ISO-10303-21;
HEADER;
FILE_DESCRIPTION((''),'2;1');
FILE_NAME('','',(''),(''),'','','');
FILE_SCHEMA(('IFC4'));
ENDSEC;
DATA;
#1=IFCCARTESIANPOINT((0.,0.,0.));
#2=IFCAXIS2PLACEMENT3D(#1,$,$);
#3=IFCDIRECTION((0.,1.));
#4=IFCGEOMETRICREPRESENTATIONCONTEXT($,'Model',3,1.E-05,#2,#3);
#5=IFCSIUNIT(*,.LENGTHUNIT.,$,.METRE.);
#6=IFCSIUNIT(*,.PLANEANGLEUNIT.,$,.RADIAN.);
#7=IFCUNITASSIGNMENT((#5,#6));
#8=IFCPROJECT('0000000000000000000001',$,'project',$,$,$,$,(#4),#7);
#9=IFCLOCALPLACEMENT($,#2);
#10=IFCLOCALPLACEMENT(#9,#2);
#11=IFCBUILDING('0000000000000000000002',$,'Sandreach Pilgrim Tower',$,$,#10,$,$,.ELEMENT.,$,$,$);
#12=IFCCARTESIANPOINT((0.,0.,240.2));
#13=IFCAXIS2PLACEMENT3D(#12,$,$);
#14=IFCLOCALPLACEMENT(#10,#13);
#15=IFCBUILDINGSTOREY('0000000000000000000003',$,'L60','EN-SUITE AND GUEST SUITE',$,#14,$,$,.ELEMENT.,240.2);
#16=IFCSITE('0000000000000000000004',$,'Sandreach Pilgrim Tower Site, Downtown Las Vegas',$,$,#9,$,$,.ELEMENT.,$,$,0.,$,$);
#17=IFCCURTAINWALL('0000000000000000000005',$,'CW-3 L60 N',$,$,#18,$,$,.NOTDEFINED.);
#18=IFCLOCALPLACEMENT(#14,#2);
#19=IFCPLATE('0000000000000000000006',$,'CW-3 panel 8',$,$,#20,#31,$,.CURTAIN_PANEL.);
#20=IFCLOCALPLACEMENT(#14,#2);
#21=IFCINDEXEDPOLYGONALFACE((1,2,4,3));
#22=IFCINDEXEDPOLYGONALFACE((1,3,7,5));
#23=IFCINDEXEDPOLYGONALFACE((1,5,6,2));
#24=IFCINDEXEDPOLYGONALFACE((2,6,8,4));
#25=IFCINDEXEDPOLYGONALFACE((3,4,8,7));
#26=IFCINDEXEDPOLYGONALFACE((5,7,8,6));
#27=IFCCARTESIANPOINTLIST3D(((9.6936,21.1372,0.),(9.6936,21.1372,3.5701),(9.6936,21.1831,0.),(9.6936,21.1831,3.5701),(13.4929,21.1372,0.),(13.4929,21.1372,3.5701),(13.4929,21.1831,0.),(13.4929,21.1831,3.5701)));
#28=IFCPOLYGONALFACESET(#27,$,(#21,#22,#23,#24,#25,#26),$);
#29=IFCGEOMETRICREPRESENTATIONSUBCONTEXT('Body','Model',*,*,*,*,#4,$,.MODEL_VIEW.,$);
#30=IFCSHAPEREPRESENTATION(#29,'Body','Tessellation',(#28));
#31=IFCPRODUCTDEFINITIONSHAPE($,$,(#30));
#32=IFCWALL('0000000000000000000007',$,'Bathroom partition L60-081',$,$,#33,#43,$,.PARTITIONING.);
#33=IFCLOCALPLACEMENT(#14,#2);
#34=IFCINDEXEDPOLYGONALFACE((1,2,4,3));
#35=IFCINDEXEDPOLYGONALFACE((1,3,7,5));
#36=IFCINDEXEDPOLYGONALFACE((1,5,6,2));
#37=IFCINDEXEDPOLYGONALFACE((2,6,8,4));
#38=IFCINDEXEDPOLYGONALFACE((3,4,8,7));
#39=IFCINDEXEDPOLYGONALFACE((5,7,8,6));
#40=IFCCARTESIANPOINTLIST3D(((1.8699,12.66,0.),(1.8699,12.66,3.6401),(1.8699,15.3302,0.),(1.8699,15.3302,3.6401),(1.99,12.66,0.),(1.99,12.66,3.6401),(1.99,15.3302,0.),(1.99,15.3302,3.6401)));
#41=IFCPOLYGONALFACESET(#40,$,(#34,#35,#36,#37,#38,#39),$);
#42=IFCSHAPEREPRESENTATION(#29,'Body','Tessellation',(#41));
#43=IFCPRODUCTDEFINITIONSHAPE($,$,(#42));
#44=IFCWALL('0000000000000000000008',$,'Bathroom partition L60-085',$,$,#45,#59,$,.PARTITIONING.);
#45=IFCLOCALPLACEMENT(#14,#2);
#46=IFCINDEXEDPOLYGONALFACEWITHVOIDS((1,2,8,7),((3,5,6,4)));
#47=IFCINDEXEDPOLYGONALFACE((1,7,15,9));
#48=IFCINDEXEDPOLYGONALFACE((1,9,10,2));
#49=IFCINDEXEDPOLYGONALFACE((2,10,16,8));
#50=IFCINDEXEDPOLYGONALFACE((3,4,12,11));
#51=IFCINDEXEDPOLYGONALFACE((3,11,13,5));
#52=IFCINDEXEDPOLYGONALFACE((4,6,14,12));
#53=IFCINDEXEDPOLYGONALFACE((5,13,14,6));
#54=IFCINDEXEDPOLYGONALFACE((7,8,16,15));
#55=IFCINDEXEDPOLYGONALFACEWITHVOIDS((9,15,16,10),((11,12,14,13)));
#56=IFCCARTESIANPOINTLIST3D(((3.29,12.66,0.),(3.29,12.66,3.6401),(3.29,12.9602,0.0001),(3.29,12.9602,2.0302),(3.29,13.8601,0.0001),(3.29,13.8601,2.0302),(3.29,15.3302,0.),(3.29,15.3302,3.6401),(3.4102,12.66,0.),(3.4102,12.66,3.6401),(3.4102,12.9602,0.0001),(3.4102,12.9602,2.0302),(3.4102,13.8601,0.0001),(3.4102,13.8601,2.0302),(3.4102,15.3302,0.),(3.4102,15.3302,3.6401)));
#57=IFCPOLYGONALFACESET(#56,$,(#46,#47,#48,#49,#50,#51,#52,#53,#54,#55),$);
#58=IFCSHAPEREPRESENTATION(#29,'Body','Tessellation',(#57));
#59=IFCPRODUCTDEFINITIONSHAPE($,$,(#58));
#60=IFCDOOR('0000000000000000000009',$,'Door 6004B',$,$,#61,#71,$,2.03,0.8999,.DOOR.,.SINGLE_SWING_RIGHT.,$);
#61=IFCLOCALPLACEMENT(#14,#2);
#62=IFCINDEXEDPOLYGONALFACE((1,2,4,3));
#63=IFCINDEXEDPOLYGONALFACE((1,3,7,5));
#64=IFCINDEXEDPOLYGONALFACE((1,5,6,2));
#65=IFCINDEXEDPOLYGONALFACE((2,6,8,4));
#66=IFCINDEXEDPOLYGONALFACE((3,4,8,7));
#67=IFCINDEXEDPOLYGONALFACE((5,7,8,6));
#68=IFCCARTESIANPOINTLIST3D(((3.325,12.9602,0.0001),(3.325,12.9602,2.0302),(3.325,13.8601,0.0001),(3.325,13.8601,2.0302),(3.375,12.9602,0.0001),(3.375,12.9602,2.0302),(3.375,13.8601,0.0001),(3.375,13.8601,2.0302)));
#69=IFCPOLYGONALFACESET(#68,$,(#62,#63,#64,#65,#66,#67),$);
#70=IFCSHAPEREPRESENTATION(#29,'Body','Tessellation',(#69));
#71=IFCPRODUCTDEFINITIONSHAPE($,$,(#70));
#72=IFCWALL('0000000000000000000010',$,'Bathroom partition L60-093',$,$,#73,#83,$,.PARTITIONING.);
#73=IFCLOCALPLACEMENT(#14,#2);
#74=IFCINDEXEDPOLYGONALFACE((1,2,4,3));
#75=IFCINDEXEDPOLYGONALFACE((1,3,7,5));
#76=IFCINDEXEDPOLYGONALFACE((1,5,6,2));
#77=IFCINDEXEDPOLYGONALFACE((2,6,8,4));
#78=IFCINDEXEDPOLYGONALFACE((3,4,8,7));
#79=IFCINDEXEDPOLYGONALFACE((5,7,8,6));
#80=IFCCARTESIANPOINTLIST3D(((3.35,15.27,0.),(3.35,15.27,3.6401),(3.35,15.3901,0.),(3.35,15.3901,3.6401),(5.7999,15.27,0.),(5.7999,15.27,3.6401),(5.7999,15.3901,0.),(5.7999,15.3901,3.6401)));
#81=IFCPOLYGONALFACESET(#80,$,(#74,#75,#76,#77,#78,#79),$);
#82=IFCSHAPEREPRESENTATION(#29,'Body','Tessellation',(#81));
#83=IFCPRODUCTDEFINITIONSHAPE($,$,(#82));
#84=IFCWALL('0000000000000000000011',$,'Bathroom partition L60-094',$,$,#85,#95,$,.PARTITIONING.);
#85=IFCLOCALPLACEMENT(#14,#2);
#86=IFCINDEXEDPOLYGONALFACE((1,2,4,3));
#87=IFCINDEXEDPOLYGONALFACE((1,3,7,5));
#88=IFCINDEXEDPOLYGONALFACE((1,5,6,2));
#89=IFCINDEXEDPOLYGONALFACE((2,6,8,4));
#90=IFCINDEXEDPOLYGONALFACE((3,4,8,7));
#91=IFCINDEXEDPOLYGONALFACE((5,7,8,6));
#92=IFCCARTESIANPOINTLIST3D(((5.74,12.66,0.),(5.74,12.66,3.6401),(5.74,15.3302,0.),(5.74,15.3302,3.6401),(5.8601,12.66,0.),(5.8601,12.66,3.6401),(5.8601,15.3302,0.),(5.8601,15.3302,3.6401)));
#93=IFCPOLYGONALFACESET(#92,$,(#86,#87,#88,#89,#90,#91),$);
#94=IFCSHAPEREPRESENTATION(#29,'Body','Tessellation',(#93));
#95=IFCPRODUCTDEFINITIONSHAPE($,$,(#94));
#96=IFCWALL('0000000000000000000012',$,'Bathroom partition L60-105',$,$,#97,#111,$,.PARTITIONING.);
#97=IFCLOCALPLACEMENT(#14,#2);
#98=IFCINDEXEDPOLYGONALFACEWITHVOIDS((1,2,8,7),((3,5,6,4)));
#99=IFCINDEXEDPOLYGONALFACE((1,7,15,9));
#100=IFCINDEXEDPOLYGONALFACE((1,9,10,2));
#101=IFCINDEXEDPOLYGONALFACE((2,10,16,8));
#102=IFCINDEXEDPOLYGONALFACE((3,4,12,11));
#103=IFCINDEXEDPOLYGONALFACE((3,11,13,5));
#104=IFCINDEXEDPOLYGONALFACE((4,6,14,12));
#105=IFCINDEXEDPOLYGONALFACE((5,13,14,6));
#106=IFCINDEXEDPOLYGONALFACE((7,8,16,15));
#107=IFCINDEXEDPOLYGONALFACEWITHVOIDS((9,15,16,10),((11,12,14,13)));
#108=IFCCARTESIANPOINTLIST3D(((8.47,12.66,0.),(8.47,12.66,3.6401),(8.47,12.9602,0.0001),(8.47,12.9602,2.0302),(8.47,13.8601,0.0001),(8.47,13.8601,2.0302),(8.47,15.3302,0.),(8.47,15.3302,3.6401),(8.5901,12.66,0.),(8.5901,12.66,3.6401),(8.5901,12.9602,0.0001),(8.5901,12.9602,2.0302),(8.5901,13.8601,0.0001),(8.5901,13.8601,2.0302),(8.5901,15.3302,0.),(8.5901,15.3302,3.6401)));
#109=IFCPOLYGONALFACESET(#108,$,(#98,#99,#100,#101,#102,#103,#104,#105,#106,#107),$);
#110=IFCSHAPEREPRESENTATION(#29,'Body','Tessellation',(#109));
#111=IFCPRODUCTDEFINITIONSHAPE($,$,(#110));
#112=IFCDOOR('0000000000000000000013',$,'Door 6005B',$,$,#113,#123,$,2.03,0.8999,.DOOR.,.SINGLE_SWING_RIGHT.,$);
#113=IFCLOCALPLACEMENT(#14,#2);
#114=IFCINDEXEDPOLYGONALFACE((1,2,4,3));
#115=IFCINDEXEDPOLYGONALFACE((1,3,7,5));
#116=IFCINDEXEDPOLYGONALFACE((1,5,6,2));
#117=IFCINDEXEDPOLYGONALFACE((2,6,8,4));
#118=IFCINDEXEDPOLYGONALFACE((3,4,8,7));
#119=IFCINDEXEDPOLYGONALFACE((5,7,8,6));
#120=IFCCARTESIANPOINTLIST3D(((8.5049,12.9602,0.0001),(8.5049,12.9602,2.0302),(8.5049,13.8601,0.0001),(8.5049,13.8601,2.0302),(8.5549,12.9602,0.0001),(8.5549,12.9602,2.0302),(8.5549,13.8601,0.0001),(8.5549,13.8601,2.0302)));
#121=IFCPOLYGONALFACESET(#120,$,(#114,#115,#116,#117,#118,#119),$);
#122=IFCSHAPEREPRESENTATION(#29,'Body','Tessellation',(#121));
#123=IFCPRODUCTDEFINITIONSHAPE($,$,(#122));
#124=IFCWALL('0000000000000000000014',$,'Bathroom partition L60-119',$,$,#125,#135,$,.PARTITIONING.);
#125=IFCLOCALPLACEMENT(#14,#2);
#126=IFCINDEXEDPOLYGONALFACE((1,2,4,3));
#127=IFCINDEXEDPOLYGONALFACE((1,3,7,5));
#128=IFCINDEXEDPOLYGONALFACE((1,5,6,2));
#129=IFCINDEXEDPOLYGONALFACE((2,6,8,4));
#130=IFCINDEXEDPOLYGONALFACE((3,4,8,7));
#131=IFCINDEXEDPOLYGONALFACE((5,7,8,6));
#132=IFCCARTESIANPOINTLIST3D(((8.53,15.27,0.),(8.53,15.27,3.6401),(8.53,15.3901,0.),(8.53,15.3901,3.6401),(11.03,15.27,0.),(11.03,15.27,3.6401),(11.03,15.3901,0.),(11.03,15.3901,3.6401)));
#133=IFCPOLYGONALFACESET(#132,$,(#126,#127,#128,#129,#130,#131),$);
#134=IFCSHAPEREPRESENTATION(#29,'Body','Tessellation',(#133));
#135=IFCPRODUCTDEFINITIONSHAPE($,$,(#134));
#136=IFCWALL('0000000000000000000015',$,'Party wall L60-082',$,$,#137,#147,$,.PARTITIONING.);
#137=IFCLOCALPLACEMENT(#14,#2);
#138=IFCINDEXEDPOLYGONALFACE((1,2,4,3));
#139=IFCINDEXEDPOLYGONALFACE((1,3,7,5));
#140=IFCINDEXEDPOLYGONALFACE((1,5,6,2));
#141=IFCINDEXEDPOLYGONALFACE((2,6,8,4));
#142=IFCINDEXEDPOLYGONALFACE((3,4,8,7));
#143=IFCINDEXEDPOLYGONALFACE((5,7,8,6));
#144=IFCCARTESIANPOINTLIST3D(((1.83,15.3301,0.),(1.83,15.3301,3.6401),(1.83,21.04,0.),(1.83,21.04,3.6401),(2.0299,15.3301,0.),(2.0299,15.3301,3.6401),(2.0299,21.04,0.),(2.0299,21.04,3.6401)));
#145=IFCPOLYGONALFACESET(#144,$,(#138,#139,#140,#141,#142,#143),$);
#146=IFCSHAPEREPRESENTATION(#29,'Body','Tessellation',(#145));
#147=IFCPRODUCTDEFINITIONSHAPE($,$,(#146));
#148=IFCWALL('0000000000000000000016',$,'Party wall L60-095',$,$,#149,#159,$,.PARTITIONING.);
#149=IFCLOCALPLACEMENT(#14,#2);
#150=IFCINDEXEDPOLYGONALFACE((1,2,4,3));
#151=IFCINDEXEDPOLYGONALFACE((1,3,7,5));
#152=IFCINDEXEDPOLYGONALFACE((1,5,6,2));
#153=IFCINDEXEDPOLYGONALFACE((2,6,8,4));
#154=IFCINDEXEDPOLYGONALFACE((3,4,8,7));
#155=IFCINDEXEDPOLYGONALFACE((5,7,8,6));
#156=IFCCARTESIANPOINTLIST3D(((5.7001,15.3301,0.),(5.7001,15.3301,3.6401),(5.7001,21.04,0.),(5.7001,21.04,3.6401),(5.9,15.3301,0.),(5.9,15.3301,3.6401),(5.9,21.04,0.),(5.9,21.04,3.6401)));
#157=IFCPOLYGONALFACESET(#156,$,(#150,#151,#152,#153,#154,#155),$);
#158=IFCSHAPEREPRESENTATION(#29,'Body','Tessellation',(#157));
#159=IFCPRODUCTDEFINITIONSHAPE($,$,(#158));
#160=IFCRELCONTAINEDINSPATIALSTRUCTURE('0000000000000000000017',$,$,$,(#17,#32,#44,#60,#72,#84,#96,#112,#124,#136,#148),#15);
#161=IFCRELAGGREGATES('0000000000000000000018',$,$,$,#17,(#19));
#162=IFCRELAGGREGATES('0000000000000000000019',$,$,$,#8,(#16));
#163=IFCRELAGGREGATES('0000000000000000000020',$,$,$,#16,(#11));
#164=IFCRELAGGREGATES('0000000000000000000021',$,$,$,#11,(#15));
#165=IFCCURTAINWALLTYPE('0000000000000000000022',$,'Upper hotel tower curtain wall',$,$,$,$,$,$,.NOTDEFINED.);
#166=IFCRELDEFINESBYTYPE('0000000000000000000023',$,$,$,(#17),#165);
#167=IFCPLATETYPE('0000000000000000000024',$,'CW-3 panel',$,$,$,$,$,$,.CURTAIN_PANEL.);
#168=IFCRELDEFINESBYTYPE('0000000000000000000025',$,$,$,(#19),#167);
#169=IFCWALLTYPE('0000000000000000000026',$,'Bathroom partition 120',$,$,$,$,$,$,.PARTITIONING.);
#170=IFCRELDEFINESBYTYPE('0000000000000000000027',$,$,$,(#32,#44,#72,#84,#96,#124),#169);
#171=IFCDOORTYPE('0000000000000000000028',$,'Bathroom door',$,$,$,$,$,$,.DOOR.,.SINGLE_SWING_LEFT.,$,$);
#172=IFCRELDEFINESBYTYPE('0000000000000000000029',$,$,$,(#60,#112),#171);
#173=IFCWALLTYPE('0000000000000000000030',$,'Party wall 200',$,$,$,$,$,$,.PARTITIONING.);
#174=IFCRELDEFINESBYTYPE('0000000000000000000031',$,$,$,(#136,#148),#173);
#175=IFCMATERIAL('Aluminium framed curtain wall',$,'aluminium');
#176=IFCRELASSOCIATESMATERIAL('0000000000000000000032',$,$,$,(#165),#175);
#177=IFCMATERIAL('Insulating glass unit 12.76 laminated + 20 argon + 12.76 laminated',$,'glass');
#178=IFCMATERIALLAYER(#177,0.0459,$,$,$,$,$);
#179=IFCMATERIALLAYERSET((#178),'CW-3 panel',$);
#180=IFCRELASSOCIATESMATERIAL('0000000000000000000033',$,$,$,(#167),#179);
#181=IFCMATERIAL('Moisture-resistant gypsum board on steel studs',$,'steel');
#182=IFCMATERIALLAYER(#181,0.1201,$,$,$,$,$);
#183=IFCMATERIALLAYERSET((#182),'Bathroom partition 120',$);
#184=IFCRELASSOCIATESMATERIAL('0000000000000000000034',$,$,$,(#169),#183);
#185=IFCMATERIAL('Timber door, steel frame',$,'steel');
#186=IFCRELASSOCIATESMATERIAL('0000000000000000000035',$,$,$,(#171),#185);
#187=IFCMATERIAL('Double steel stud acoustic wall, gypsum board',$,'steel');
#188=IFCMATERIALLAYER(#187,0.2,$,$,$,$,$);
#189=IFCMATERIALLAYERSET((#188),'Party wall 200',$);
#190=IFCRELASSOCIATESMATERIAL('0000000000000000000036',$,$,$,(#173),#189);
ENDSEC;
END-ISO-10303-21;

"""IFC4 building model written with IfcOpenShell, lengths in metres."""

from ifc_helpers import new_model, si_unit, direction, frame, frame_2d, origin, origin_2d, place, context, subcontext, project, spatial, rectangle, extrude, material, layer, layer_set, type_object, element, fill, aggregate, save


model = new_model("IFC4")

# Units and contexts
model_context = context("Model", 3, precision=1e-05, world=origin(), true_north=direction((0.0, 1.0)))
body_context = subcontext(model_context, "Body", "Model", "MODEL_VIEW")
ifc_project = project(units=[si_unit("LENGTHUNIT", "METRE"), si_unit("PLANEANGLEUNIT", "RADIAN")], contexts=[model_context])

# Site, building, storey
site_placement = place(None, origin())
site = spatial("IfcSite", under=ifc_project, at=site_placement, Name="Sandreach Pilgrim Tower Site, Downtown Las Vegas", CompositionType="ELEMENT", RefElevation=0.0)
building_placement = place(site_placement, origin())
building = spatial("IfcBuilding", under=site, at=building_placement, Name="Sandreach Pilgrim Tower", CompositionType="ELEMENT")
storey_placement = place(building_placement, frame((0.0, 0.0, 240.2)))
storey = spatial("IfcBuildingStorey", under=building, at=storey_placement, Name="L60", Description="EN-SUITE AND GUEST SUITE", CompositionType="ELEMENT", Elevation=240.2)

# Curtain wall
ifc_material_1 = material(Name="Aluminium framed curtain wall", Category="aluminium")
curtain_wall_type = type_object("IfcCurtainWallType", Name="Upper hotel tower curtain wall", PredefinedType="NOTDEFINED", material=ifc_material_1)
curtain_wall_placement = place(storey_placement, origin())
curtain_wall = element("IfcCurtainWall", 1, at=curtain_wall_placement, inside=storey, type_object=curtain_wall_type, Name="CW-3 L60 N", PredefinedType="NOTDEFINED")

# Plate
ifc_material_2 = material(Name="Insulating glass unit 12.76 laminated + 20 argon + 12.76 laminated", Category="glass")
ifc_layer_1 = layer(ifc_material_2, 0.0459)
ifc_layer_set_1 = layer_set([ifc_layer_1], Name="CW-3 panel")
plate_type = type_object("IfcPlateType", Name="CW-3 panel", PredefinedType="CURTAIN_PANEL", material=ifc_layer_set_1)
plate_1_placement = place(storey_placement, frame((11.5933, 21.1602, 0.0), z_axis=(0.0, 0.0, 1.0), x_axis=(1.0, 0.0, 0.0)))
plate_1 = element("IfcPlate", 2, at=plate_1_placement, type_object=plate_type, Name="CW-3 panel 8", PredefinedType="CURTAIN_PANEL", context=body_context, shape_type="SweptSolid", body=[
    extrude(rectangle(XDim=3.7993, YDim=0.0459, at=origin_2d()), origin(), (0.0, 0.0, 1.0), 3.5701),
])
aggregate(curtain_wall, [plate_1])

# Wall
ifc_material_3 = material(Name="Moisture-resistant gypsum board on steel studs", Category="steel")
ifc_layer_2 = layer(ifc_material_3, 0.1201)
ifc_layer_set_2 = layer_set([ifc_layer_2], Name="Bathroom partition 120")
wall_type_1 = type_object("IfcWallType", Name="Bathroom partition 120", PredefinedType="PARTITIONING", material=ifc_layer_set_2)
wall_1_placement = place(storey_placement, frame((1.9299, 15.3301, 0.0), z_axis=(0.0, 0.0, 1.0), x_axis=(0.0, -1.0, 0.0)))
element("IfcWall", 3, at=wall_1_placement, inside=storey, type_object=wall_type_1, Name="Bathroom partition L60-081", PredefinedType="PARTITIONING", context=body_context, shape_type="SweptSolid", body=[
    extrude(rectangle(XDim=2.6702, YDim=0.1201, at=frame_2d((1.335, 0.0))), origin(), (0.0, 0.0, 1.0), 3.6401),
])

# Wall, opening, door
wall_2_placement = place(storey_placement, frame((3.3501, 15.3301, 0.0), z_axis=(0.0, 0.0, 1.0), x_axis=(0.0, -1.0, 0.0)))
wall_2 = element("IfcWall", 4, at=wall_2_placement, inside=storey, type_object=wall_type_1, Name="Bathroom partition L60-085", PredefinedType="PARTITIONING", context=body_context, shape_type="SweptSolid", body=[
    extrude(rectangle(XDim=2.6702, YDim=0.1201, at=frame_2d((1.335, 0.0))), origin(), (0.0, 0.0, 1.0), 3.6401),
])
opening_1_placement = place(wall_2_placement, frame((1.47, 0.0, 0.0)))
opening_1 = element("IfcOpeningElement", 5, at=opening_1_placement, cuts=wall_2, PredefinedType="OPENING", context=body_context, shape_type="SweptSolid", body=[
    extrude(rectangle(XDim=0.8999, YDim=2.03, at=frame_2d((0.45, 1.0151))), frame((0.0, 0.0601, 0.0), z_axis=(0.0, -1.0, 0.0), x_axis=(1.0, 0.0, 0.0)), (0.0, 0.0, 1.0), 0.1201),
])
ifc_material_4 = material(Name="Timber door, steel frame", Category="steel")
door_type = type_object("IfcDoorType", Name="Bathroom door", OperationType="SINGLE_SWING_LEFT", PredefinedType="DOOR", material=ifc_material_4)
door_1_placement = place(opening_1_placement, origin())
door_1 = element("IfcDoor", 6, at=door_1_placement, inside=storey, type_object=door_type, Name="Door 6004B", OperationType="SINGLE_SWING_RIGHT", OverallHeight=2.03, OverallWidth=0.8999, PredefinedType="DOOR", context=body_context, shape_type="SweptSolid", body=[
    extrude(rectangle(XDim=0.8999, YDim=2.03, at=frame_2d((0.45, 1.0151))), frame((0.0, 0.0249, 0.0), z_axis=(0.0, -1.0, 0.0), x_axis=(1.0, 0.0, 0.0)), (0.0, 0.0, 1.0), 0.05),
])
fill(opening_1, door_1)

# Walls
wall_3_placement = place(storey_placement, frame((5.8, 15.3301, 0.0), z_axis=(0.0, 0.0, 1.0), x_axis=(-1.0, 0.0, 0.0)))
element("IfcWall", 7, at=wall_3_placement, inside=storey, type_object=wall_type_1, Name="Bathroom partition L60-093", PredefinedType="PARTITIONING", context=body_context, shape_type="SweptSolid", body=[
    extrude(rectangle(XDim=2.45, YDim=0.1201, at=frame_2d((1.2251, 0.0))), origin(), (0.0, 0.0, 1.0), 3.6401),
])
wall_4_placement = place(storey_placement, frame((5.8, 15.3301, 0.0), z_axis=(0.0, 0.0, 1.0), x_axis=(0.0, -1.0, 0.0)))
element("IfcWall", 8, at=wall_4_placement, inside=storey, type_object=wall_type_1, Name="Bathroom partition L60-094", PredefinedType="PARTITIONING", context=body_context, shape_type="SweptSolid", body=[
    extrude(rectangle(XDim=2.6702, YDim=0.1201, at=frame_2d((1.335, 0.0))), origin(), (0.0, 0.0, 1.0), 3.6401),
])

# Wall, opening, door
wall_5_placement = place(storey_placement, frame((8.53, 15.3301, 0.0), z_axis=(0.0, 0.0, 1.0), x_axis=(0.0, -1.0, 0.0)))
wall_5 = element("IfcWall", 9, at=wall_5_placement, inside=storey, type_object=wall_type_1, Name="Bathroom partition L60-105", PredefinedType="PARTITIONING", context=body_context, shape_type="SweptSolid", body=[
    extrude(rectangle(XDim=2.6702, YDim=0.1201, at=frame_2d((1.335, 0.0))), origin(), (0.0, 0.0, 1.0), 3.6401),
])
opening_2_placement = place(wall_5_placement, frame((1.47, 0.0, 0.0)))
opening_2 = element("IfcOpeningElement", 10, at=opening_2_placement, cuts=wall_5, PredefinedType="OPENING", context=body_context, shape_type="SweptSolid", body=[
    extrude(rectangle(XDim=0.8999, YDim=2.03, at=frame_2d((0.45, 1.0151))), frame((0.0, 0.0601, 0.0), z_axis=(0.0, -1.0, 0.0), x_axis=(1.0, 0.0, 0.0)), (0.0, 0.0, 1.0), 0.1201),
])
door_2_placement = place(opening_2_placement, origin())
door_2 = element("IfcDoor", 11, at=door_2_placement, inside=storey, type_object=door_type, Name="Door 6005B", OperationType="SINGLE_SWING_RIGHT", OverallHeight=2.03, OverallWidth=0.8999, PredefinedType="DOOR", context=body_context, shape_type="SweptSolid", body=[
    extrude(rectangle(XDim=0.8999, YDim=2.03, at=frame_2d((0.45, 1.0151))), frame((0.0, 0.0249, 0.0), z_axis=(0.0, -1.0, 0.0), x_axis=(1.0, 0.0, 0.0)), (0.0, 0.0, 1.0), 0.05),
])
fill(opening_2, door_2)

# Walls
wall_6_placement = place(storey_placement, frame((11.03, 15.3301, 0.0), z_axis=(0.0, 0.0, 1.0), x_axis=(-1.0, 0.0, 0.0)))
element("IfcWall", 12, at=wall_6_placement, inside=storey, type_object=wall_type_1, Name="Bathroom partition L60-119", PredefinedType="PARTITIONING", context=body_context, shape_type="SweptSolid", body=[
    extrude(rectangle(XDim=2.5, YDim=0.1201, at=frame_2d((1.25, 0.0))), origin(), (0.0, 0.0, 1.0), 3.6401),
])
ifc_material_5 = material(Name="Double steel stud acoustic wall, gypsum board", Category="steel")
ifc_layer_3 = layer(ifc_material_5, 0.2)
ifc_layer_set_3 = layer_set([ifc_layer_3], Name="Party wall 200")
wall_type_2 = type_object("IfcWallType", Name="Party wall 200", PredefinedType="PARTITIONING", material=ifc_layer_set_3)
for number, where, z_axis, x_axis, name in (
    (13, (1.9299, 21.04, 0.0), (0.0, 0.0, 1.0), (0.0, -1.0, 0.0), "Party wall L60-082"),
    (14, (5.8, 21.04, 0.0), (0.0, 0.0, 1.0), (0.0, -1.0, 0.0), "Party wall L60-095"),
):
    element("IfcWall", number, at=place(storey_placement, frame(where, z_axis=z_axis, x_axis=x_axis)), inside=storey, type_object=wall_type_2, Name=name, PredefinedType="PARTITIONING", context=body_context, shape_type="SweptSolid", body=[
        extrude(rectangle(XDim=5.71, YDim=0.2, at=frame_2d((2.855, 0.0))), origin(), (0.0, 0.0, 1.0), 3.6401),
    ])

save(model, "model.ifc")
